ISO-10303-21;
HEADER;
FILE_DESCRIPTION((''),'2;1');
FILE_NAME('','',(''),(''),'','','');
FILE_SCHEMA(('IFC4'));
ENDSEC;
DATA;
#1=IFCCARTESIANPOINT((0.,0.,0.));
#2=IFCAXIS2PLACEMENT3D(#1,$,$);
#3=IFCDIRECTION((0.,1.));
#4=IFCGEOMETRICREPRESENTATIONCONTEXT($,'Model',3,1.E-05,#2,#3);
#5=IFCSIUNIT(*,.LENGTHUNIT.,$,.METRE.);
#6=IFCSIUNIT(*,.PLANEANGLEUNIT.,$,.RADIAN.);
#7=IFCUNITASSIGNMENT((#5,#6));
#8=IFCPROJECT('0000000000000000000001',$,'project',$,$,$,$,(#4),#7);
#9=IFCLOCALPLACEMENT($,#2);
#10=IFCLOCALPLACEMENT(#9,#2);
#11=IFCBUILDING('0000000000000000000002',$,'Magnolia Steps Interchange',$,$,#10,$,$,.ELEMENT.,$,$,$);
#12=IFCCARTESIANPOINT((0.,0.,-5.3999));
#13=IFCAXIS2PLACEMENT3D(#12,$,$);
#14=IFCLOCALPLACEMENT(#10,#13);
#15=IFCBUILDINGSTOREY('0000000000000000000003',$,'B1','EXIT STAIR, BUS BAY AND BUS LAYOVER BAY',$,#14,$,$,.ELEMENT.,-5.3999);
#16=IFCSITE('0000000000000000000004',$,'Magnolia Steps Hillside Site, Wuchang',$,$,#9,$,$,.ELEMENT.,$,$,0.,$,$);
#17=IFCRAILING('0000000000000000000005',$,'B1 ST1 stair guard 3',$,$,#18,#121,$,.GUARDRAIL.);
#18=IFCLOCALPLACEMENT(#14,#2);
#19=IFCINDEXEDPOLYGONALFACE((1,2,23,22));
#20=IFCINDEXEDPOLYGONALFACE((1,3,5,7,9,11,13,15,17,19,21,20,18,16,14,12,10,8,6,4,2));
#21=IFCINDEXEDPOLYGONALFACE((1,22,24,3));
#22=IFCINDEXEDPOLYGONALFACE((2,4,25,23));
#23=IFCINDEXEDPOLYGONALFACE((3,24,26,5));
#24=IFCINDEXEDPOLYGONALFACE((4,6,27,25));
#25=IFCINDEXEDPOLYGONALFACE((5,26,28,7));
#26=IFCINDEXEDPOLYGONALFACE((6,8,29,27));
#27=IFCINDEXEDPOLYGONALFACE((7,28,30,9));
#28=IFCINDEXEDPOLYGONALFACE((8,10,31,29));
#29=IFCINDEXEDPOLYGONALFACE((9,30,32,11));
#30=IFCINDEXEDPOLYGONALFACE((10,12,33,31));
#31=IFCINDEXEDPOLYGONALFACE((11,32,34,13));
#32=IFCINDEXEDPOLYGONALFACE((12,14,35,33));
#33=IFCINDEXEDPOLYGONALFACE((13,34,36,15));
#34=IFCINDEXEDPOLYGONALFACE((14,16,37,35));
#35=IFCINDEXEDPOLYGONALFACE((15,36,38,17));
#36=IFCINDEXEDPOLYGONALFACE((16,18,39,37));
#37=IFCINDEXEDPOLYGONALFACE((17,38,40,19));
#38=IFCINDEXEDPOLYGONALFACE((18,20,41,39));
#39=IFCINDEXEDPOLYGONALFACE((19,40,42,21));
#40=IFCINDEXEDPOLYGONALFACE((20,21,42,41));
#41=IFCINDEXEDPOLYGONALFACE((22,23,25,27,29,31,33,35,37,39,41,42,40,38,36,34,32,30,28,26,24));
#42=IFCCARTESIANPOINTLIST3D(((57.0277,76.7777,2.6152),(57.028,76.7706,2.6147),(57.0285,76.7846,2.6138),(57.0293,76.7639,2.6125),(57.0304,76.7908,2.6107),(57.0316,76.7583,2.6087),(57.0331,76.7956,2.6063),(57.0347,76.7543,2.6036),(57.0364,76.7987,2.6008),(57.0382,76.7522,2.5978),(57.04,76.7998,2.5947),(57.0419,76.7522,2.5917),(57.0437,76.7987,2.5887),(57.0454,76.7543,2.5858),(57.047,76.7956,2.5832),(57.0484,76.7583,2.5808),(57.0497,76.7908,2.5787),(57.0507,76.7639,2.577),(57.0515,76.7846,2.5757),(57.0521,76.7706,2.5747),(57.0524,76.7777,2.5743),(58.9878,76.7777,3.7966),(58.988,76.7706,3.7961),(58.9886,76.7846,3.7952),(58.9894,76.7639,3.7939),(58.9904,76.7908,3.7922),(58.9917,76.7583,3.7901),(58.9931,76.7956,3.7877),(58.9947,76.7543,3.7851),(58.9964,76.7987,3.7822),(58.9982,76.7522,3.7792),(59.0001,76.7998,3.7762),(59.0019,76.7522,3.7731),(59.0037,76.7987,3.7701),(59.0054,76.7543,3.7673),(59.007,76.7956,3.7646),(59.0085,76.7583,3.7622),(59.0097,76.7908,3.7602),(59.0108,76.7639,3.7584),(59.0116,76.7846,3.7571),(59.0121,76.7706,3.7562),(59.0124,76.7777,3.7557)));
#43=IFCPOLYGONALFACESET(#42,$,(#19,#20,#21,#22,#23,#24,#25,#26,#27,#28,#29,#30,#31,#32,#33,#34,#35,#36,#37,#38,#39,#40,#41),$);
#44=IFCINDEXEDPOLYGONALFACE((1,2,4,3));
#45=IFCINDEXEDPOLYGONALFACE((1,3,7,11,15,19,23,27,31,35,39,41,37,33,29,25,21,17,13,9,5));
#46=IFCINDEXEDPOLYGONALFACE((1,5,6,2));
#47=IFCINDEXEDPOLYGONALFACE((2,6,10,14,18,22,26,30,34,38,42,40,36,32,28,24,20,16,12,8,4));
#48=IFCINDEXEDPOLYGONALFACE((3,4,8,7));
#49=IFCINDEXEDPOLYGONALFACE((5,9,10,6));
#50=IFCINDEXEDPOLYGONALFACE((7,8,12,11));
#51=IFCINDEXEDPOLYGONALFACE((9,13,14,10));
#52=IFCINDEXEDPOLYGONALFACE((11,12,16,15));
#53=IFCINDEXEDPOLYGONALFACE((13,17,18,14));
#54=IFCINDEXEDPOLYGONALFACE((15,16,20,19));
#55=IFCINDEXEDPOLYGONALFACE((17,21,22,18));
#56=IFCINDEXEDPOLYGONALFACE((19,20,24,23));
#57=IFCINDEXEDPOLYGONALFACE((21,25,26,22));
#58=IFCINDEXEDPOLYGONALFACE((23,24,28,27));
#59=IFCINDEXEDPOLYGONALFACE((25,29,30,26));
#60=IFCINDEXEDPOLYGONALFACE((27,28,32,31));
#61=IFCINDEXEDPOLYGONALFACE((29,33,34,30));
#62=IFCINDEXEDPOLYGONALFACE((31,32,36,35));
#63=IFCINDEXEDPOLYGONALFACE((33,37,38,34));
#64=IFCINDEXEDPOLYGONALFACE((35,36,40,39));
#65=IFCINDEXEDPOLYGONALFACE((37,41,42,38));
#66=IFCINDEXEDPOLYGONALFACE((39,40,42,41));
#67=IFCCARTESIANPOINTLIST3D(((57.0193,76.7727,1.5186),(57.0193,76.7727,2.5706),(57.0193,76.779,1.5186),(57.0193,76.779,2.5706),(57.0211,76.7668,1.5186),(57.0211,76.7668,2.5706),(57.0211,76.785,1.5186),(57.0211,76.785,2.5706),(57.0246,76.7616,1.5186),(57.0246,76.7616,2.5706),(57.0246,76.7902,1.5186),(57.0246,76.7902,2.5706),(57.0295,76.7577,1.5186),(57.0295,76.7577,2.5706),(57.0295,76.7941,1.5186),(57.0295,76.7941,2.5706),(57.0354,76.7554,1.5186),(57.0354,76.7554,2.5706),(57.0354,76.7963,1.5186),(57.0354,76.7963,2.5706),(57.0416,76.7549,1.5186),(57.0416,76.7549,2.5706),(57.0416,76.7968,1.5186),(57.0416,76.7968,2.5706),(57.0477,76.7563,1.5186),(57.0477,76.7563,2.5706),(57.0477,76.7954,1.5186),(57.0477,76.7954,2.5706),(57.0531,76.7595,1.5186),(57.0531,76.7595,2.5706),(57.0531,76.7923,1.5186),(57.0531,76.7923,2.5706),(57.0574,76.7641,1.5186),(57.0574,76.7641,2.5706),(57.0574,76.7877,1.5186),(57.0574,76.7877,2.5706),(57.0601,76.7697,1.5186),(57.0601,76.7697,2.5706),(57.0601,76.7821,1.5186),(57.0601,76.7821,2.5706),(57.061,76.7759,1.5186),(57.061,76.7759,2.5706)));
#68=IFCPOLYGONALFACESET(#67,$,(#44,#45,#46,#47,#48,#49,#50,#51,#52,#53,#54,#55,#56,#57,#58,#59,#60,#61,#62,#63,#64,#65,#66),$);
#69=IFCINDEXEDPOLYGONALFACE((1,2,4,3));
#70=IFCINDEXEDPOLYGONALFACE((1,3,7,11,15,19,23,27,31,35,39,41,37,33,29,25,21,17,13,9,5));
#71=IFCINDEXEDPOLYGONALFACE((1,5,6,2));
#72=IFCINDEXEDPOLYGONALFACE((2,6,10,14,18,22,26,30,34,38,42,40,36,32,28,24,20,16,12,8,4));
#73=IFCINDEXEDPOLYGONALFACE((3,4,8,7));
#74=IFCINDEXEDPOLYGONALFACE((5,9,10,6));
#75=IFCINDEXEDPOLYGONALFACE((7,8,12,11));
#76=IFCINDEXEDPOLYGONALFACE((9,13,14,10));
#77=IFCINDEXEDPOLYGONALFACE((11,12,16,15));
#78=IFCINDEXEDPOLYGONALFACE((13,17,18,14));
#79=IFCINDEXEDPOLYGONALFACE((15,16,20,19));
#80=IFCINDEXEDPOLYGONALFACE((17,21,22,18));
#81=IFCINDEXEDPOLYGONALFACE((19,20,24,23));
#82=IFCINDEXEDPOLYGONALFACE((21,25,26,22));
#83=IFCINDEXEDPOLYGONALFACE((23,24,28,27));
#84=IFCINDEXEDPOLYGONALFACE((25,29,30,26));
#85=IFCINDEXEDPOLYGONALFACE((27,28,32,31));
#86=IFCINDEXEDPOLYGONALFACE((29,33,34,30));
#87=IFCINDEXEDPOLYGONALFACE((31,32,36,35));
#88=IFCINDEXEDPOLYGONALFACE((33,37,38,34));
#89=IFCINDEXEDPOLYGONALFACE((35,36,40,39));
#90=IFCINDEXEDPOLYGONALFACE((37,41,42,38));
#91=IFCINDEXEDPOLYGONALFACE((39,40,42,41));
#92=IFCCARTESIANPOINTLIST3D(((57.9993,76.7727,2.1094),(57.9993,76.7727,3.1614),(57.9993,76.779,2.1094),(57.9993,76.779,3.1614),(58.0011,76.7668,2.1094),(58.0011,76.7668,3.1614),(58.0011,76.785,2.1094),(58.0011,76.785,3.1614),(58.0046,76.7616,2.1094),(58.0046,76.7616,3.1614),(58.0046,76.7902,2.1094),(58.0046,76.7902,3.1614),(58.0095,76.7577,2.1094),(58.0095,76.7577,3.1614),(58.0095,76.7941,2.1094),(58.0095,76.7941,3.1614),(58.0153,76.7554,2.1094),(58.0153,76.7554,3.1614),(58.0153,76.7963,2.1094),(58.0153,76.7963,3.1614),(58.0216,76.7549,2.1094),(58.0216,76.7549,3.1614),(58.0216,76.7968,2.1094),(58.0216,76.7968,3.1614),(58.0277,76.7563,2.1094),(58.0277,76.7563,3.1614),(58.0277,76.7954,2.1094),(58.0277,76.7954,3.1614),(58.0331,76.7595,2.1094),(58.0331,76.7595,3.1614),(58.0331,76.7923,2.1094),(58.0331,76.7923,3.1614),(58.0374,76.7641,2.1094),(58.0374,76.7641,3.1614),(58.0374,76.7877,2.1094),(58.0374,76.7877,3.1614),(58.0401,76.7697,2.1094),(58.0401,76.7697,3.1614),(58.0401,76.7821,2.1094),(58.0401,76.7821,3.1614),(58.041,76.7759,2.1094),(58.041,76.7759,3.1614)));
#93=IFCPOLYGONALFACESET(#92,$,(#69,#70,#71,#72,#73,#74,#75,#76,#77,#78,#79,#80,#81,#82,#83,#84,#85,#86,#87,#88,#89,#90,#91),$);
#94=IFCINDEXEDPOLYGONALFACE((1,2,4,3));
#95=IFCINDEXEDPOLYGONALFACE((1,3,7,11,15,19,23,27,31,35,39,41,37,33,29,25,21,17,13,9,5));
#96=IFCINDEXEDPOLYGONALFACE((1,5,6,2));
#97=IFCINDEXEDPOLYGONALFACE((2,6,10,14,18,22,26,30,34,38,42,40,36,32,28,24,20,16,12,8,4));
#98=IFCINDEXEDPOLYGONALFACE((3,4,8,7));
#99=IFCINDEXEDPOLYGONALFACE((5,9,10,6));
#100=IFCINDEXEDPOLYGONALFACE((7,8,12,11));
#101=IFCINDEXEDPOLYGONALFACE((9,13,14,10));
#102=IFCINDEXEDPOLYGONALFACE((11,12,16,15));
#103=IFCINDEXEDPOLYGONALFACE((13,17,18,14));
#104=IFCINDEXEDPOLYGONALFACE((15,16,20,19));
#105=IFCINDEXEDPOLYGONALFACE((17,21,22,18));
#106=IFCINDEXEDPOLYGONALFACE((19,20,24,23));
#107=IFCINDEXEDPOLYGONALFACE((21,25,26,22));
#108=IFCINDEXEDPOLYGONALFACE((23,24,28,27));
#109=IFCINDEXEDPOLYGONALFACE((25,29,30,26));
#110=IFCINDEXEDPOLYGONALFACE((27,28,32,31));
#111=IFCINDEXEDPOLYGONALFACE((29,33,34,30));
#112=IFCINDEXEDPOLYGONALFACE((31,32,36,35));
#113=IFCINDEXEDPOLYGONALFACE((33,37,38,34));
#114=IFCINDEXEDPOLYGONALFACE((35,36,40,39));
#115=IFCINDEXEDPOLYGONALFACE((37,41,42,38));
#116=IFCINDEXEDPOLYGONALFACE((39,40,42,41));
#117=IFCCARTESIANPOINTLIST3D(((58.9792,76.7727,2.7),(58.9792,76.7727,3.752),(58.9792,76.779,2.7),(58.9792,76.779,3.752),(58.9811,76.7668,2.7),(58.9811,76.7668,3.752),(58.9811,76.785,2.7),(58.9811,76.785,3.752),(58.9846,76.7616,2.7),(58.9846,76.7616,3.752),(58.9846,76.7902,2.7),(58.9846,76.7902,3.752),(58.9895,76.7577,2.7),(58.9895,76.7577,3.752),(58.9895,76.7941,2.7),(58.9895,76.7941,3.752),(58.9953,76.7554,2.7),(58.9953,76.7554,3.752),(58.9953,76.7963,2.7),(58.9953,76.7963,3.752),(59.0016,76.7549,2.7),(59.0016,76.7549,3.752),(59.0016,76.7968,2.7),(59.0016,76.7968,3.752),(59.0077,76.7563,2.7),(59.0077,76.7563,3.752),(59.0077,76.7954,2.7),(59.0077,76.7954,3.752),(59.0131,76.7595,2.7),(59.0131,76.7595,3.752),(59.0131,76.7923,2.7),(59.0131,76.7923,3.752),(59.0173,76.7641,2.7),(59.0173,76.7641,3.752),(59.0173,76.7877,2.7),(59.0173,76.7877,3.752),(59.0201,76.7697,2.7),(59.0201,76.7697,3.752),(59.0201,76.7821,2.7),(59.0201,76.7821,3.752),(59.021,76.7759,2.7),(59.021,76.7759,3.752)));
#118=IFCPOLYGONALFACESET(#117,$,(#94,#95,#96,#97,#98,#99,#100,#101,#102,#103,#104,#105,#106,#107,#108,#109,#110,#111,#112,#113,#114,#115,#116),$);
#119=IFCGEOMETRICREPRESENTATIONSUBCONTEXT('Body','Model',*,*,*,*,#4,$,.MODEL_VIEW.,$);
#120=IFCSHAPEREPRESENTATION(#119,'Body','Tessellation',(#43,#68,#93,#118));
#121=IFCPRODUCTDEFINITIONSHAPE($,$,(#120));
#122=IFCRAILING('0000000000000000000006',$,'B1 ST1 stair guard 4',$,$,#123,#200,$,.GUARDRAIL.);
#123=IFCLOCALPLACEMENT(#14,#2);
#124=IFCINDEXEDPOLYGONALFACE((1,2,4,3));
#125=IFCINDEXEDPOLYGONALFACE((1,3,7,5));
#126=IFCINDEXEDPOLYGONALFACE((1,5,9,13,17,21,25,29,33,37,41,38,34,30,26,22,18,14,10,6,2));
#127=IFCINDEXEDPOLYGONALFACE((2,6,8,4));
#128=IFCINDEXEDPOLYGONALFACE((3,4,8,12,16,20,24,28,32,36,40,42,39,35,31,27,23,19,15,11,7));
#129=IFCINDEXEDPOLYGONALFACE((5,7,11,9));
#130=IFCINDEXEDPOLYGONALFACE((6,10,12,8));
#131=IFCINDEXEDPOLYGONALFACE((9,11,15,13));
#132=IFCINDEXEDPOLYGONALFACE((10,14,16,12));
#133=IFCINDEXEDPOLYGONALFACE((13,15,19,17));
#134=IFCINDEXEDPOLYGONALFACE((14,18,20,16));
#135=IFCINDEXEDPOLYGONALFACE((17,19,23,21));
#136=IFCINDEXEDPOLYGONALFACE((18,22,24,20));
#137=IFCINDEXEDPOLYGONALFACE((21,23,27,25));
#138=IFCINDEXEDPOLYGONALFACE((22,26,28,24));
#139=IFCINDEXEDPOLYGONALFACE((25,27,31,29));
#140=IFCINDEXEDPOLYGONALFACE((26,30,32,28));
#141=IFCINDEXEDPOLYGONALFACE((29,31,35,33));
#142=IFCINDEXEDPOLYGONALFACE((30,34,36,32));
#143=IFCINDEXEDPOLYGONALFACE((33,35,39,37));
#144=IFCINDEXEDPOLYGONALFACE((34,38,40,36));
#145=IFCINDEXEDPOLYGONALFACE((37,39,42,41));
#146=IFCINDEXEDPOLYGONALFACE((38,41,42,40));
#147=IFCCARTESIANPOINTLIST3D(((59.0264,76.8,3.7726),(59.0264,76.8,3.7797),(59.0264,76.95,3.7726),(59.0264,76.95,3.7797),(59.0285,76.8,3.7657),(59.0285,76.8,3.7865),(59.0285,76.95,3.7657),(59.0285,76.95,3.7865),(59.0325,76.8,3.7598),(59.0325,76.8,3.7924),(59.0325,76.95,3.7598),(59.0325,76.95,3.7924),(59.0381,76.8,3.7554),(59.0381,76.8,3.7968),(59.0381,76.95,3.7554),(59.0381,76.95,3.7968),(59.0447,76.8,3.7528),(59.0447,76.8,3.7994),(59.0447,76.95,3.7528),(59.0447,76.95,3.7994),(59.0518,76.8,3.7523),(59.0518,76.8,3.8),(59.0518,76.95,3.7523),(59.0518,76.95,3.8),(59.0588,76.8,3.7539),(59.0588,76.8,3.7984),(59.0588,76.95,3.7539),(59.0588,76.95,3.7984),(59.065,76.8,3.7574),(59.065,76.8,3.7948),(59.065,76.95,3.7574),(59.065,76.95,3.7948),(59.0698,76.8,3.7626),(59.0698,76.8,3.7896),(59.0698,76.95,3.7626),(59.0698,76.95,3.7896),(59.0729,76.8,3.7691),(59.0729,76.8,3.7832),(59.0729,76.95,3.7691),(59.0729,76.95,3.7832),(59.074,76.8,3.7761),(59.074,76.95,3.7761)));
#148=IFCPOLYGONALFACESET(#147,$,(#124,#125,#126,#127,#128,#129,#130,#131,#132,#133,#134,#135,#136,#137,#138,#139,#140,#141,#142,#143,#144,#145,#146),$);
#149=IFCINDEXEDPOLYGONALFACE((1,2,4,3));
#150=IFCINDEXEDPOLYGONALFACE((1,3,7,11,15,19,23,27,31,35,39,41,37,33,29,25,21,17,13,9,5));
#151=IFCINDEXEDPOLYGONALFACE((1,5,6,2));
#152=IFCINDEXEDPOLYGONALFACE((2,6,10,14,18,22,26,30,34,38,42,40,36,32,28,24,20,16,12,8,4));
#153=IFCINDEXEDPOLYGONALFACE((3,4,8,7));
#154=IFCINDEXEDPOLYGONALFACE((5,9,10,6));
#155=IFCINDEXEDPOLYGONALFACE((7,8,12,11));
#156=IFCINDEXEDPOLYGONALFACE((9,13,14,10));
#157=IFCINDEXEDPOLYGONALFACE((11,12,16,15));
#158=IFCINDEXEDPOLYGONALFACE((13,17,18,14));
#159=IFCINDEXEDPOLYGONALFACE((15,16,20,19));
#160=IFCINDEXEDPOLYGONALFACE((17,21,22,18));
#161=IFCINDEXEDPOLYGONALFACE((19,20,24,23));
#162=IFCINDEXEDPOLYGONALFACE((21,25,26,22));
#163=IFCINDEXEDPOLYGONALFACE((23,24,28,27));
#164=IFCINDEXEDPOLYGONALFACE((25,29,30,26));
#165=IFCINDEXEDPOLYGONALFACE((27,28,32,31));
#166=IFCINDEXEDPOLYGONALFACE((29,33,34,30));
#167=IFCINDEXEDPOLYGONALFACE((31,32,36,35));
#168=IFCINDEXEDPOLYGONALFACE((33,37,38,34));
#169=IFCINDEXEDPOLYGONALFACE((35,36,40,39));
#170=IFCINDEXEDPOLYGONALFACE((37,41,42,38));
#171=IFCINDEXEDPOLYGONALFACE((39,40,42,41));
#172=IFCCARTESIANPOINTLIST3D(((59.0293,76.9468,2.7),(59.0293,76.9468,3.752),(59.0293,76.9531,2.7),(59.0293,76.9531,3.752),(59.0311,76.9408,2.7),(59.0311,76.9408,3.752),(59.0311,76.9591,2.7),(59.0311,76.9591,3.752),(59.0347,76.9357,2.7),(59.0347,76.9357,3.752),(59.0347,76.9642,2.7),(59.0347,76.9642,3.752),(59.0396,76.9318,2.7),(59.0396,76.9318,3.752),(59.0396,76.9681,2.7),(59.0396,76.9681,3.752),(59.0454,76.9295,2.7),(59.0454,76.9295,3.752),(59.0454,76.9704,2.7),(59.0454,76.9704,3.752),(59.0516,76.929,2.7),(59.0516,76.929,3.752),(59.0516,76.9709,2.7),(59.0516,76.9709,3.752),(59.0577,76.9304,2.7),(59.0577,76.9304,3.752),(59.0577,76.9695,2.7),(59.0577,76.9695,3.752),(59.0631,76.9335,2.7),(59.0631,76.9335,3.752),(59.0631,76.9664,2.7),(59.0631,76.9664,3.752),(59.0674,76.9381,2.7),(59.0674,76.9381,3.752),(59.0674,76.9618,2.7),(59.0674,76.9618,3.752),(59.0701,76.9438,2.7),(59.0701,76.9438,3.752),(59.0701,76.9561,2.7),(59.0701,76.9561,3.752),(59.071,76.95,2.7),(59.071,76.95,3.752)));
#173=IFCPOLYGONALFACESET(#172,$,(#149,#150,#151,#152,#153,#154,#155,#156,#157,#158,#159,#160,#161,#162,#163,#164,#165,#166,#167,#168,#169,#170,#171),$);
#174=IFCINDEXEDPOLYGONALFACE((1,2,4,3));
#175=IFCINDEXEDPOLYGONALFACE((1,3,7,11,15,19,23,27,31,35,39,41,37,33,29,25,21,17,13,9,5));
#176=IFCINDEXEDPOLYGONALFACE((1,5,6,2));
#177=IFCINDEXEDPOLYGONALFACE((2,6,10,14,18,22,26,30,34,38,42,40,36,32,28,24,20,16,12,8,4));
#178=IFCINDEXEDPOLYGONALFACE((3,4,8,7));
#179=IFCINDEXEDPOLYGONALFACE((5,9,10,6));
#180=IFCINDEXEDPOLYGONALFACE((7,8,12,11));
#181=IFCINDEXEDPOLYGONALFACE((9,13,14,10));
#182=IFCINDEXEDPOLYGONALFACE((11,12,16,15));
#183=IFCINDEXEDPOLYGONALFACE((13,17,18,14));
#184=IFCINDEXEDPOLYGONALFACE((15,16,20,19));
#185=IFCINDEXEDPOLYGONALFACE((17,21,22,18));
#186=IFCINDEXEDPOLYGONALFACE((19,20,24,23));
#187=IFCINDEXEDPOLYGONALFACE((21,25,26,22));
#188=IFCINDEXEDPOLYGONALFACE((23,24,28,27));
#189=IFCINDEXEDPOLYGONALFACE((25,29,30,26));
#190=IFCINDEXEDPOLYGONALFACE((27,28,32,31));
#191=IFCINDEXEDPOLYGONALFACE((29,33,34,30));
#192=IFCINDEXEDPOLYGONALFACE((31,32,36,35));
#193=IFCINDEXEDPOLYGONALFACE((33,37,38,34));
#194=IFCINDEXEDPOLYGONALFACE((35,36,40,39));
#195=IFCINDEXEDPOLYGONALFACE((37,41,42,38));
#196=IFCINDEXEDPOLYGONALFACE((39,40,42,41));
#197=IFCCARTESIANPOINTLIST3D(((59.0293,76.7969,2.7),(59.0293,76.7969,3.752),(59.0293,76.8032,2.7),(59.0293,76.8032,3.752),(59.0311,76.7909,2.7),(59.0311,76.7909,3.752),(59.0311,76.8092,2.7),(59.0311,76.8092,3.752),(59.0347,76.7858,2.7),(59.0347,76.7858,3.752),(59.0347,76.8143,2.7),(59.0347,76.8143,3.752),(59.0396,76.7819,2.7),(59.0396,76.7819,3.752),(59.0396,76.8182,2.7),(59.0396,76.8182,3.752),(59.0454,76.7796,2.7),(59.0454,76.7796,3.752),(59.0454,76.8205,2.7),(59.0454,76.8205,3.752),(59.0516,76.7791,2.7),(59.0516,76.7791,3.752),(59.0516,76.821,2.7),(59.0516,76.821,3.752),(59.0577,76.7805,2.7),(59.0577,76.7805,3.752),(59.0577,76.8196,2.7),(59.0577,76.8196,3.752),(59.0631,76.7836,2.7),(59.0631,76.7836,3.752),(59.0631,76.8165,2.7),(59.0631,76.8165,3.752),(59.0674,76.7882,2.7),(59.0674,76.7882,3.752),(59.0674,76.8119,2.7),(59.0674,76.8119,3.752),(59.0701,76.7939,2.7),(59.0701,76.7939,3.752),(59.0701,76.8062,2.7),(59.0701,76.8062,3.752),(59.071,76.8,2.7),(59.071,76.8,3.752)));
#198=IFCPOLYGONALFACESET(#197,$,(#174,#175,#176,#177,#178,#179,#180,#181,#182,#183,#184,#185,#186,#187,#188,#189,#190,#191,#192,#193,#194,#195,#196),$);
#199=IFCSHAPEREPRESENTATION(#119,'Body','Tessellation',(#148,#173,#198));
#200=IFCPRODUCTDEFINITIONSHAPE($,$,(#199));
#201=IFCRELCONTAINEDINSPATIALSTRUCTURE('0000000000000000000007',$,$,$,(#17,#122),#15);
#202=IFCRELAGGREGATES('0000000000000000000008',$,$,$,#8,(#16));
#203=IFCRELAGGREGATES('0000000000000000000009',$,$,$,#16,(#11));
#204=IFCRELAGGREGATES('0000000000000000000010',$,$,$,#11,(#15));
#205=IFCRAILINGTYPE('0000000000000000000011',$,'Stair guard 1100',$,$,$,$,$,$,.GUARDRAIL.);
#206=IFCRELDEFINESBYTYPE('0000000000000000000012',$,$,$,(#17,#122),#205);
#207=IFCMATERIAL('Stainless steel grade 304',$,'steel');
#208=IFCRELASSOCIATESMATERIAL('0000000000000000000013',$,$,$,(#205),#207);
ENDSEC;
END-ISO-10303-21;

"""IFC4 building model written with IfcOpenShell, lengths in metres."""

from ifc_helpers import new_model, si_unit, direction, frame, origin, origin_2d, place, context, subcontext, project, spatial, circle, extrude, material, type_object, element, save


model = new_model("IFC4")

# Units and contexts
model_context = context("Model", 3, precision=1e-05, world=origin(), true_north=direction((0.0, 1.0)))
body_context = subcontext(model_context, "Body", "Model", "MODEL_VIEW")
ifc_project = project(units=[si_unit("LENGTHUNIT", "METRE"), si_unit("PLANEANGLEUNIT", "RADIAN")], contexts=[model_context])

# Site, building, storey
site_placement = place(None, origin())
site = spatial("IfcSite", under=ifc_project, at=site_placement, Name="Magnolia Steps Hillside Site, Wuchang", CompositionType="ELEMENT", RefElevation=0.0)
building_placement = place(site_placement, origin())
building = spatial("IfcBuilding", under=site, at=building_placement, Name="Magnolia Steps Interchange", CompositionType="ELEMENT")
storey_placement = place(building_placement, frame((0.0, 0.0, -5.3999)))
storey = spatial("IfcBuildingStorey", under=building, at=storey_placement, Name="B1", Description="EXIT STAIR, BUS BAY AND BUS LAYOVER BAY", CompositionType="ELEMENT", Elevation=-5.3999)

# Railings
ifc_material_1 = material(Name="Stainless steel grade 304", Category="steel")
railing_type_1 = type_object("IfcRailingType", Name="Stair guard 1100", PredefinedType="GUARDRAIL", material=ifc_material_1)
railing_1_placement = place(storey_placement, frame((57.04, 76.7759, 1.5186)))
element("IfcRailing", 1, at=railing_1_placement, inside=storey, type_object=railing_type_1, Name="B1 ST1 stair guard 3", PredefinedType="GUARDRAIL", context=body_context, shape_type="SweptSolid", body=[
    extrude(circle(Radius=0.0239, at=origin_2d()), frame((0.0, 0.0, 1.0762), z_axis=(0.856446, 0.0, 0.516236), x_axis=(0.0, 1.0, 0.0)), (0.0, 0.0, 1.0), 2.2886),
    extrude(circle(Radius=0.021, at=origin_2d()), origin(), (0.0, 0.0, 1.0), 1.052),
    extrude(circle(Radius=0.021, at=origin_2d()), frame((0.98, 0.0, 0.5908)), (0.0, 0.0, 1.0), 1.052),
    extrude(circle(Radius=0.021, at=origin_2d()), frame((1.96, 0.0, 1.1814)), (0.0, 0.0, 1.0), 1.052),
])
railing_2_placement = place(storey_placement, frame((59.05, 76.95, 2.7)))
element("IfcRailing", 2, at=railing_2_placement, inside=storey, type_object=railing_type_1, Name="B1 ST1 stair guard 4", PredefinedType="GUARDRAIL", context=body_context, shape_type="SweptSolid", body=[
    extrude(circle(Radius=0.0239, at=origin_2d()), frame((0.0, 0.0, 1.0762), z_axis=(0.0, -1.0, 0.0), x_axis=(1.0, 0.0, 0.0)), (0.0, 0.0, 1.0), 0.1499),
    extrude(circle(Radius=0.021, at=origin_2d()), origin(), (0.0, 0.0, 1.0), 1.052),
    extrude(circle(Radius=0.021, at=origin_2d()), frame((0.0, -0.1499, 0.0)), (0.0, 0.0, 1.0), 1.052),
])

save(model, "model.ifc")
